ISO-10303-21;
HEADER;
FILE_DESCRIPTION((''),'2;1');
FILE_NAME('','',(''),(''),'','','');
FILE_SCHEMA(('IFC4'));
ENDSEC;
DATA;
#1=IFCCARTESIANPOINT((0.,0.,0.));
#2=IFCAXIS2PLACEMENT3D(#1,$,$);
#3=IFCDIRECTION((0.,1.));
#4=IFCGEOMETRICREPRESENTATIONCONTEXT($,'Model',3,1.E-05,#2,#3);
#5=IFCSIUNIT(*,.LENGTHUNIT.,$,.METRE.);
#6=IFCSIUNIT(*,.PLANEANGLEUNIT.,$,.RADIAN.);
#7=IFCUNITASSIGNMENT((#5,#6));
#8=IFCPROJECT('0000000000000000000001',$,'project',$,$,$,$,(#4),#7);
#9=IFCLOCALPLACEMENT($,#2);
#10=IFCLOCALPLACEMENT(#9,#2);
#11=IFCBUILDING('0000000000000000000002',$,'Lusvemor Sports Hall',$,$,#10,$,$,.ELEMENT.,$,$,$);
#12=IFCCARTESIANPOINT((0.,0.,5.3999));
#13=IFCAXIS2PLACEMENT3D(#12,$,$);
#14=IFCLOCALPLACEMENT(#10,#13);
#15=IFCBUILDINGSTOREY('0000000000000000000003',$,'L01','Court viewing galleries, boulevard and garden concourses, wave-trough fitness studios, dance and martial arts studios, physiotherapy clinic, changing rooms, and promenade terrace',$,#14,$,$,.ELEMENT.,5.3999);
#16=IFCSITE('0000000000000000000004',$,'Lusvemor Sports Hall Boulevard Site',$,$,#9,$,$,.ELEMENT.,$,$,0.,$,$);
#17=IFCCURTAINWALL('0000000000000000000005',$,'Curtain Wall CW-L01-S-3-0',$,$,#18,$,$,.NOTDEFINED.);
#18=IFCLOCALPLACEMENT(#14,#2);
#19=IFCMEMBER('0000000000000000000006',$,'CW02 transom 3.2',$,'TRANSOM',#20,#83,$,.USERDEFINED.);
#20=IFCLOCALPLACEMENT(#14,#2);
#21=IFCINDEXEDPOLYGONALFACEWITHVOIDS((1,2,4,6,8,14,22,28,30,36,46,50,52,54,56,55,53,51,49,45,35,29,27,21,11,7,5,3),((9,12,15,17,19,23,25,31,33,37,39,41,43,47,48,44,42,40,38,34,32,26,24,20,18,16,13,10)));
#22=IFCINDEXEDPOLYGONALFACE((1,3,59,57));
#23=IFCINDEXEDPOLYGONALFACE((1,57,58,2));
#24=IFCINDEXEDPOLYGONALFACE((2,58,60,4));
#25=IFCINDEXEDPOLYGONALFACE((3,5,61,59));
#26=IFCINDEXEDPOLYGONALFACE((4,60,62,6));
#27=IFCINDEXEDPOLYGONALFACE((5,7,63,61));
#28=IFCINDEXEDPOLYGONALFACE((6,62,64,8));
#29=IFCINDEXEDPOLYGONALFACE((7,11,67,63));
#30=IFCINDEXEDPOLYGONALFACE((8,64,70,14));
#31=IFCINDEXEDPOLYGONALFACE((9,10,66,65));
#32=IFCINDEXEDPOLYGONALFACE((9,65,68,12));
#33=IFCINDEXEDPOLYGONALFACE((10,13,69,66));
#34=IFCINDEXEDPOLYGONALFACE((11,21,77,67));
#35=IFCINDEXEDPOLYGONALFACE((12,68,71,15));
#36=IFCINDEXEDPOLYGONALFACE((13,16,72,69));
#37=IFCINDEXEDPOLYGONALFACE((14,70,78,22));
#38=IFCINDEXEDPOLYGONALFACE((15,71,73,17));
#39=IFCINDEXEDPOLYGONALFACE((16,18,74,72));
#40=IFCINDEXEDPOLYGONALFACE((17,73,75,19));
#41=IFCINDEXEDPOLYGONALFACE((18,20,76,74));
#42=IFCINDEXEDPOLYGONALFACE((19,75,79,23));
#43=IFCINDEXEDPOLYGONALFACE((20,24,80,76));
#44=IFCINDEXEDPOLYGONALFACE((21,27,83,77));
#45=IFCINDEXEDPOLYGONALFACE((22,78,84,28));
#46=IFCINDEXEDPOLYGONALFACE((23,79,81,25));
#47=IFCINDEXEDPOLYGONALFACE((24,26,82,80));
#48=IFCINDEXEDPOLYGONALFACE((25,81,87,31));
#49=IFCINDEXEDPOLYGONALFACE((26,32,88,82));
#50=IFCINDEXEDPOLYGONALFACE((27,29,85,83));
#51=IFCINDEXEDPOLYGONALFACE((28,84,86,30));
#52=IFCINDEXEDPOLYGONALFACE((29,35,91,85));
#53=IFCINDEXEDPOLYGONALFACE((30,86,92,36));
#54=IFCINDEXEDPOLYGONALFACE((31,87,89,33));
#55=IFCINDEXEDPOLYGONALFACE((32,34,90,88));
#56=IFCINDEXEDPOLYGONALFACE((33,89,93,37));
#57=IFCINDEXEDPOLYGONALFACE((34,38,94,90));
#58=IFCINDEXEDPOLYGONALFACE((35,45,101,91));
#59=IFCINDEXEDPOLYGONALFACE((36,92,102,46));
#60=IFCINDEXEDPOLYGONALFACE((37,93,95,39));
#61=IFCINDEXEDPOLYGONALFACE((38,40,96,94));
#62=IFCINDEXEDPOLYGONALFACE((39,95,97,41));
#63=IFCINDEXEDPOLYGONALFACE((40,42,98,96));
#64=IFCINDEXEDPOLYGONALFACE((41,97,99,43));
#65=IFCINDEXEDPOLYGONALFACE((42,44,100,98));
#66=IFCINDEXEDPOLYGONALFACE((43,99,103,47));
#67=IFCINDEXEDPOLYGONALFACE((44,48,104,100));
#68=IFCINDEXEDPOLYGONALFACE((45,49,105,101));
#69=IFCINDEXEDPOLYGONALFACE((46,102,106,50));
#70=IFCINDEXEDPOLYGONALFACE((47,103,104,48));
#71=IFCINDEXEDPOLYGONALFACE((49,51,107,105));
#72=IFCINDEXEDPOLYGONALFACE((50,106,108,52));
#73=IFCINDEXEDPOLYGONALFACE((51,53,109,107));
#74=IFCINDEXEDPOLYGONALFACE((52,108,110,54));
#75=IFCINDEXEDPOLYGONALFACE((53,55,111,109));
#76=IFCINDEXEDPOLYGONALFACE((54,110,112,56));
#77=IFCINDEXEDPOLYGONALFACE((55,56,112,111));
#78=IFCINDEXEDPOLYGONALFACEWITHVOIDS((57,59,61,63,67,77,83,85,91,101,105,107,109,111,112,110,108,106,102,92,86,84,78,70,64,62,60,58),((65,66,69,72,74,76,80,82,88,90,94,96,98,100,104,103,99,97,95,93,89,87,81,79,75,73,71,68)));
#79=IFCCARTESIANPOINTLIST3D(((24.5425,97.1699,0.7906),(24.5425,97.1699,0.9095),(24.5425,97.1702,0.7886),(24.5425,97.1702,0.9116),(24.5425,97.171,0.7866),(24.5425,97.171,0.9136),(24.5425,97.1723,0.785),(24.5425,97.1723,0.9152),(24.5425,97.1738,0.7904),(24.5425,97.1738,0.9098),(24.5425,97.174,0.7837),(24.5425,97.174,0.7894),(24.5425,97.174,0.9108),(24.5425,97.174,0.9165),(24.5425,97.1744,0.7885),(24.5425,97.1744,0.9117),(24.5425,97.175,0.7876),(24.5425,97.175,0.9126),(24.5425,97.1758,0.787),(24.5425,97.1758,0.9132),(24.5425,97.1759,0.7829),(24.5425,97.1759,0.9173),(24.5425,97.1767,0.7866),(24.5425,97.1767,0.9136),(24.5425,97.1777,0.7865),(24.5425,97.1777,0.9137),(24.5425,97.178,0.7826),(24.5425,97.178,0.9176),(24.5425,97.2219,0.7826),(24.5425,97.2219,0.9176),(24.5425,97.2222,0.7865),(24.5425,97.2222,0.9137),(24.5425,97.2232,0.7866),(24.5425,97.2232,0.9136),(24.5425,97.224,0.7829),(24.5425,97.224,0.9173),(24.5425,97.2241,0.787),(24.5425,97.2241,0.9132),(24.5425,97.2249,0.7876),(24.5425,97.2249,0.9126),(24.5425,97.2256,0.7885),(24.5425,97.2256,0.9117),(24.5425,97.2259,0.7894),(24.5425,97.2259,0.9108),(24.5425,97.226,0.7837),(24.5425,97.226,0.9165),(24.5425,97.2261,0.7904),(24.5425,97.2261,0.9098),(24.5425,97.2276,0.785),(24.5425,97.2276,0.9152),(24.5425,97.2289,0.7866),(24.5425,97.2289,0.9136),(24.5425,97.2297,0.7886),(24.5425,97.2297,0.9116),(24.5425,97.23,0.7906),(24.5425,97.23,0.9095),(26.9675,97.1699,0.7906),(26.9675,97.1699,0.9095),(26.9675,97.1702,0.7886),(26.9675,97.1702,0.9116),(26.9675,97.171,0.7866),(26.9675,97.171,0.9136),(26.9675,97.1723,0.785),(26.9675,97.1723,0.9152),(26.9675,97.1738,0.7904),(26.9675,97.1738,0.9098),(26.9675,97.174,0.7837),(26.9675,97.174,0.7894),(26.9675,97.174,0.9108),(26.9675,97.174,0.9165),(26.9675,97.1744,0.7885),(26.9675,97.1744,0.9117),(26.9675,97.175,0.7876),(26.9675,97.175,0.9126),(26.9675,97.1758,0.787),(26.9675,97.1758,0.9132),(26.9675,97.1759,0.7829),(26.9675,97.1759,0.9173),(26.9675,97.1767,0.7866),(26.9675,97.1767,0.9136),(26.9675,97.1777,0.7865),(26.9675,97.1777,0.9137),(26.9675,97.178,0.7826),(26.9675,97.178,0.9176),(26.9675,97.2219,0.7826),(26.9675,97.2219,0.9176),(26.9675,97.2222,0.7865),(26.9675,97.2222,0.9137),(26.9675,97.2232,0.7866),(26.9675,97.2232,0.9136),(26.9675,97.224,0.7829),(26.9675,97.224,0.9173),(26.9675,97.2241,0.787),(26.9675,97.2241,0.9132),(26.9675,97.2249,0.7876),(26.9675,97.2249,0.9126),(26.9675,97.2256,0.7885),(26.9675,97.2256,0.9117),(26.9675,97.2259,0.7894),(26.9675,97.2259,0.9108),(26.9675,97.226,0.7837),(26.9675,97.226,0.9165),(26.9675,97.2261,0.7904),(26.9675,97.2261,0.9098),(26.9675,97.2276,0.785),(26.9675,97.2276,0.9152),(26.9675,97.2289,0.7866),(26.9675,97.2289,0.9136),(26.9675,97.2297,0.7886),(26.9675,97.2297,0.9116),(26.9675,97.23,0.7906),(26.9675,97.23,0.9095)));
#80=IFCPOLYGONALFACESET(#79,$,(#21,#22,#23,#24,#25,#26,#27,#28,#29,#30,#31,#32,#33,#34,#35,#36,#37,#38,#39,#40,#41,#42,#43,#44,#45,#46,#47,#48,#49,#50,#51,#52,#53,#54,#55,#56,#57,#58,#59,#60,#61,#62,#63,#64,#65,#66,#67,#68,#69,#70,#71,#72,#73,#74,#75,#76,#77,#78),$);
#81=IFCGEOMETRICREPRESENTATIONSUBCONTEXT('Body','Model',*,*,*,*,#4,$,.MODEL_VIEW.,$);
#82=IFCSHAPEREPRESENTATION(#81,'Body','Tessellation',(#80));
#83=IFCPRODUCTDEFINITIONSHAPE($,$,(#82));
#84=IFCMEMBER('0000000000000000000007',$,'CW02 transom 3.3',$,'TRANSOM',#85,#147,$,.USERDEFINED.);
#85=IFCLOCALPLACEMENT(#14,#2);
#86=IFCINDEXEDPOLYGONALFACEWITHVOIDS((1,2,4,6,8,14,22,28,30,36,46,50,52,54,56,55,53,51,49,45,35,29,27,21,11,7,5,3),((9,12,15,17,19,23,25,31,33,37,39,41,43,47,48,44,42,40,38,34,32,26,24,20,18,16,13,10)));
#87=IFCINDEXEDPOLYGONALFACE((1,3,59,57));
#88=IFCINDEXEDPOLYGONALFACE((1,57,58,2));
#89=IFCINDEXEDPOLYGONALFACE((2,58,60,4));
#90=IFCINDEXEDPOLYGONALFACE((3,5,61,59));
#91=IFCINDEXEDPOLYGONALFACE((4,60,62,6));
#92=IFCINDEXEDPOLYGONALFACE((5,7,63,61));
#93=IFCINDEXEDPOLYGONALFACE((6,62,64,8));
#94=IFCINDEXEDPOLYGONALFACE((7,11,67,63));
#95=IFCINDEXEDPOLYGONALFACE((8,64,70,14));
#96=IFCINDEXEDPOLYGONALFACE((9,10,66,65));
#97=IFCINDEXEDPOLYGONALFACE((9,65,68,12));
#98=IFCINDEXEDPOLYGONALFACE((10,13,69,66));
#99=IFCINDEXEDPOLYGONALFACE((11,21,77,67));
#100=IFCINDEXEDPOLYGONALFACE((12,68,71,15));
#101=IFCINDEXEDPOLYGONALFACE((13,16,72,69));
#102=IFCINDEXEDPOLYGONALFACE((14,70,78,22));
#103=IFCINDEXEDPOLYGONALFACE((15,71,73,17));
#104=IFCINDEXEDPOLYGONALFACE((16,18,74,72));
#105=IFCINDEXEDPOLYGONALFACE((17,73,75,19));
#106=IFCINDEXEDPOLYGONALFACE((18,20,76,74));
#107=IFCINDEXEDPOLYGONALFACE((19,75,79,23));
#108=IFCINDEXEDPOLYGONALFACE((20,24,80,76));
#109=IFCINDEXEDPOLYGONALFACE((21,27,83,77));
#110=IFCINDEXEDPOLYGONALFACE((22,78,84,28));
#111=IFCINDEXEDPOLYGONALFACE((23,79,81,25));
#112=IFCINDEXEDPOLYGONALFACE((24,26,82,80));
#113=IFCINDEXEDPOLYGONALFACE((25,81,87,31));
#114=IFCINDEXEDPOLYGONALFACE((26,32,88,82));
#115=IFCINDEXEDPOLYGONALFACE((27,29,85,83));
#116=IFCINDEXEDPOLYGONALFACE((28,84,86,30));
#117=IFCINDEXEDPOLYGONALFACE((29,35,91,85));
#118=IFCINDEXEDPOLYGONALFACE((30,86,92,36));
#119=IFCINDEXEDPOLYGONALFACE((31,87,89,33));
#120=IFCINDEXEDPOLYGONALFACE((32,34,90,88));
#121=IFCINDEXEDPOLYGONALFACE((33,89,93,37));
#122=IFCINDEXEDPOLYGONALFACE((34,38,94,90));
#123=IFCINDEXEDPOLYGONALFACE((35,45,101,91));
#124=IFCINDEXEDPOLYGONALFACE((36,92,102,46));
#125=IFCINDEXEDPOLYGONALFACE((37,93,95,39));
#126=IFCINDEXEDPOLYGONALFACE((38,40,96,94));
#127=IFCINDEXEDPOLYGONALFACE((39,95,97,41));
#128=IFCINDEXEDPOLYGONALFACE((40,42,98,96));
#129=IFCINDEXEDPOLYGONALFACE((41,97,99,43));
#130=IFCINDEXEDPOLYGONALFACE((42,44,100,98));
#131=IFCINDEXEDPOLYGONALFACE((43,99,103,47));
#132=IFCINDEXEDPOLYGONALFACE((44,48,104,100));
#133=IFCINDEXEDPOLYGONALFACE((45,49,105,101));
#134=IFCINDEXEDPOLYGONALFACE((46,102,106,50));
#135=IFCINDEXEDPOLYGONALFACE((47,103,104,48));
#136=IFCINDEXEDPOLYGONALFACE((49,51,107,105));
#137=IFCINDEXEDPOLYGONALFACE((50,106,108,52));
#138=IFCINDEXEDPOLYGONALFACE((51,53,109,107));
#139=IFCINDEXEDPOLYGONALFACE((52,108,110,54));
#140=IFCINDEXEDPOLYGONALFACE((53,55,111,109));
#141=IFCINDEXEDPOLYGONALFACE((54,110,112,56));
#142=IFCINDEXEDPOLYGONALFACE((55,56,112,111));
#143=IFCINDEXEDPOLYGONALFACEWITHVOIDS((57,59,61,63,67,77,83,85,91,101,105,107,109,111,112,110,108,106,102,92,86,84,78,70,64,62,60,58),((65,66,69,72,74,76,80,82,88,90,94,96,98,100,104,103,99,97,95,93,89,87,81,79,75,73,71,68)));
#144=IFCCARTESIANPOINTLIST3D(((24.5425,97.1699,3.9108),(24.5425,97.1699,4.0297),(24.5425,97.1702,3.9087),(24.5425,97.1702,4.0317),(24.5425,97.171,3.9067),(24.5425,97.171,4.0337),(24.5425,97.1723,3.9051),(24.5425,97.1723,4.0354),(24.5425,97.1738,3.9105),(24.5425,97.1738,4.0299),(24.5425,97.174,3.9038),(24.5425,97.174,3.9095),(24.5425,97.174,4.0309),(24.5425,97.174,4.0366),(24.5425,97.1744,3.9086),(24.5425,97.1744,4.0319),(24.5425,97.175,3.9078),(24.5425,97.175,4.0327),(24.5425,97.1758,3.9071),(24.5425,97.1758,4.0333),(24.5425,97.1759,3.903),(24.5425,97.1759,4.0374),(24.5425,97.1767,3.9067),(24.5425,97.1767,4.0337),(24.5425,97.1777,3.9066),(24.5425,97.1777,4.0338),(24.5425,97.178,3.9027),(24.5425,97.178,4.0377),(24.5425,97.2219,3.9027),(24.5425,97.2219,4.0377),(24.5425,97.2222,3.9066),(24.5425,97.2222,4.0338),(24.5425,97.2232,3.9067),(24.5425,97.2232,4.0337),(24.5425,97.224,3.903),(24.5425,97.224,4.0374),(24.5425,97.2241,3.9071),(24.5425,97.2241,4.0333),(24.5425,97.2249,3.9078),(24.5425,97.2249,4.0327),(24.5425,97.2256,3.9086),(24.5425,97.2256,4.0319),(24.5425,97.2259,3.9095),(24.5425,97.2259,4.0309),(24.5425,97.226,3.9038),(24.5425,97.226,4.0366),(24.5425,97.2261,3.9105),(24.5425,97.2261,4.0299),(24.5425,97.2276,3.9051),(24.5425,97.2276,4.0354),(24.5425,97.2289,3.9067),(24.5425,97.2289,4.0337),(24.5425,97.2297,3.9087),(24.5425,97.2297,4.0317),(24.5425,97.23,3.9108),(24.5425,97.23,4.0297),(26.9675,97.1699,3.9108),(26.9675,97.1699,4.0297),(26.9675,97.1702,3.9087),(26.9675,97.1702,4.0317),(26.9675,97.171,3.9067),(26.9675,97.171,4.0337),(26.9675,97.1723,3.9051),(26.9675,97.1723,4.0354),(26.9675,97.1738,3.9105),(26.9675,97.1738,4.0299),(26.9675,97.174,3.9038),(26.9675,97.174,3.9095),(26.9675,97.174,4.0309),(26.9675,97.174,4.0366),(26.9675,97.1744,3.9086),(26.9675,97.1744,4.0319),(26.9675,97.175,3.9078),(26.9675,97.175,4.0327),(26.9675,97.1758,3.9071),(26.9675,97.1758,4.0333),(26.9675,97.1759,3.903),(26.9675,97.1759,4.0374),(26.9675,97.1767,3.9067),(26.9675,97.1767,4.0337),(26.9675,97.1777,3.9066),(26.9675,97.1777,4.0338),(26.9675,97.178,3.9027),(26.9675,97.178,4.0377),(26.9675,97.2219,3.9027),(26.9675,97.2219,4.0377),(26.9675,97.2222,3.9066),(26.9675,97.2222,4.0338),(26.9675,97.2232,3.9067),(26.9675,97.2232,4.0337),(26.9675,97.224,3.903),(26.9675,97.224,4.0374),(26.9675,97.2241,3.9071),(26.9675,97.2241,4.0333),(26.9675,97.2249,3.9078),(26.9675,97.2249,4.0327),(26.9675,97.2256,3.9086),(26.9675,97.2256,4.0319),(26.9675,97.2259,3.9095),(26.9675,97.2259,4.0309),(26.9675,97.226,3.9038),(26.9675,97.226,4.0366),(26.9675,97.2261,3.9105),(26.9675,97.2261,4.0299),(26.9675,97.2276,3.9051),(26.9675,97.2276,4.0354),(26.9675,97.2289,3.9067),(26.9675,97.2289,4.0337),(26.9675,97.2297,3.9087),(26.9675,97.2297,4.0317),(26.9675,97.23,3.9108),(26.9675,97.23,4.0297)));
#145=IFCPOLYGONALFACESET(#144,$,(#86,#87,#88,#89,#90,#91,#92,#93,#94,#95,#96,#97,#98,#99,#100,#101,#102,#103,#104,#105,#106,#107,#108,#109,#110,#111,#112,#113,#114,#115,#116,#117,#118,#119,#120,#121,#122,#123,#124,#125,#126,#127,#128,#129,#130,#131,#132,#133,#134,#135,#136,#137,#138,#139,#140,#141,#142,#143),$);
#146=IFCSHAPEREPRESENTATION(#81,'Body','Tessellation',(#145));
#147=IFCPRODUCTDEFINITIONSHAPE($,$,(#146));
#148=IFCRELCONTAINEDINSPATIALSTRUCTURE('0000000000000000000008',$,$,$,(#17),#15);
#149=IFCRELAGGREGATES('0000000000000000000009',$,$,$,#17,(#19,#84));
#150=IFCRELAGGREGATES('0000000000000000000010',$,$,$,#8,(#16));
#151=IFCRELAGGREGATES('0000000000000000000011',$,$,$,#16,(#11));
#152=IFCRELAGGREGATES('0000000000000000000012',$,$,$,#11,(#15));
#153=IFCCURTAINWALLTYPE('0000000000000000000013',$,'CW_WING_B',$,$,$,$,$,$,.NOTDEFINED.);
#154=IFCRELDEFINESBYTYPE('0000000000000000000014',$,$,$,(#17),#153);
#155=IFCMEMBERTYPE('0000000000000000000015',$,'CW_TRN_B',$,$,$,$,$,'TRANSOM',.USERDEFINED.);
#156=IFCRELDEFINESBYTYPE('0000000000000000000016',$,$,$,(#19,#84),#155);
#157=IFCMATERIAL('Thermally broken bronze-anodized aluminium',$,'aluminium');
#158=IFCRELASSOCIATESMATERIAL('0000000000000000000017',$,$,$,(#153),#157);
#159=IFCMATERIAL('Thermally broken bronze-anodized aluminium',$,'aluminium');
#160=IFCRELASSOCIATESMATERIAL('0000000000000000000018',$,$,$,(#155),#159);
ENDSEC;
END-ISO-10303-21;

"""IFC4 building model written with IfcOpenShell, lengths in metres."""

from ifc_helpers import new_model, si_unit, direction, frame, origin, origin_2d, place, context, subcontext, project, spatial, hollow_rectangle, extrude, material, material_profile, profile_set, type_object, element, aggregate, save


model = new_model("IFC4")

# Units and contexts
model_context = context("Model", 3, precision=1e-05, world=origin(), true_north=direction((0.0, 1.0)))
body_context = subcontext(model_context, "Body", "Model", "MODEL_VIEW")
ifc_project = project(units=[si_unit("LENGTHUNIT", "METRE"), si_unit("PLANEANGLEUNIT", "RADIAN")], contexts=[model_context])

# Site, building, storey
site_placement = place(None, origin())
site = spatial("IfcSite", under=ifc_project, at=site_placement, Name="Lusvemor Sports Hall Boulevard Site", CompositionType="ELEMENT", RefElevation=0.0)
building_placement = place(site_placement, origin())
building = spatial("IfcBuilding", under=site, at=building_placement, Name="Lusvemor Sports Hall", CompositionType="ELEMENT")
storey_placement = place(building_placement, frame((0.0, 0.0, 5.3999)))
storey = spatial("IfcBuildingStorey", under=building, at=storey_placement, Name="L01", Description="Court viewing galleries, boulevard and garden concourses, wave-trough fitness studios, dance and martial arts studios, physiotherapy clinic, changing rooms, and promenade terrace", CompositionType="ELEMENT", Elevation=5.3999)

# Curtain wall
ifc_material_1 = material(Name="Thermally broken bronze-anodized aluminium", Category="aluminium")
curtain_wall_type_1 = type_object("IfcCurtainWallType", Name="CW_WING_B", PredefinedType="NOTDEFINED", material=ifc_material_1)
curtain_wall_1_placement = place(storey_placement, origin())
curtain_wall_1 = element("IfcCurtainWall", 1, at=curtain_wall_1_placement, inside=storey, type_object=curtain_wall_type_1, Name="Curtain Wall CW-L01-S-3-0", PredefinedType="NOTDEFINED")

# Members
ifc_material_2 = material(Name="Thermally broken bronze-anodized aluminium", Category="aluminium")
ifc_material_profile_1 = material_profile(ifc_material_2, hollow_rectangle(XDim=0.0601, YDim=0.135, WallThickness=0.0039, InnerFilletRadius=0.0039, OuterFilletRadius=0.0081, at=origin_2d()), Name="CWTRN135x60x4")
ifc_profile_set_1 = profile_set([ifc_material_profile_1], Name="Thermally broken bronze-anodized aluminium")
member_type_1 = type_object("IfcMemberType", Name="CW_TRN_B", ElementType="TRANSOM", PredefinedType="USERDEFINED", material=ifc_profile_set_1)
member_1_placement = place(storey_placement, frame((26.9675, 97.2, 0.8501), z_axis=(-1.0, 0.0, 0.0), x_axis=(0.0, -1.0, 0.0)))
member_1 = element("IfcMember", 2, at=member_1_placement, type_object=member_type_1, Name="CW02 transom 3.2", ObjectType="TRANSOM", PredefinedType="USERDEFINED", context=body_context, shape_type="SweptSolid", body=[
    extrude(hollow_rectangle(XDim=0.0601, YDim=0.135, WallThickness=0.0039, InnerFilletRadius=0.0039, OuterFilletRadius=0.0081, at=origin_2d()), origin(), (0.0, 0.0, 1.0), 2.425),
])
member_2_placement = place(storey_placement, frame((26.9675, 97.2, 3.9702), z_axis=(-1.0, 0.0, 0.0), x_axis=(0.0, -1.0, 0.0)))
member_2 = element("IfcMember", 3, at=member_2_placement, type_object=member_type_1, Name="CW02 transom 3.3", ObjectType="TRANSOM", PredefinedType="USERDEFINED", context=body_context, shape_type="SweptSolid", body=[
    extrude(hollow_rectangle(XDim=0.0601, YDim=0.135, WallThickness=0.0039, InnerFilletRadius=0.0039, OuterFilletRadius=0.0081, at=origin_2d()), origin(), (0.0, 0.0, 1.0), 2.425),
])

aggregate(curtain_wall_1, [member_1, member_2])

save(model, "model.ifc")
